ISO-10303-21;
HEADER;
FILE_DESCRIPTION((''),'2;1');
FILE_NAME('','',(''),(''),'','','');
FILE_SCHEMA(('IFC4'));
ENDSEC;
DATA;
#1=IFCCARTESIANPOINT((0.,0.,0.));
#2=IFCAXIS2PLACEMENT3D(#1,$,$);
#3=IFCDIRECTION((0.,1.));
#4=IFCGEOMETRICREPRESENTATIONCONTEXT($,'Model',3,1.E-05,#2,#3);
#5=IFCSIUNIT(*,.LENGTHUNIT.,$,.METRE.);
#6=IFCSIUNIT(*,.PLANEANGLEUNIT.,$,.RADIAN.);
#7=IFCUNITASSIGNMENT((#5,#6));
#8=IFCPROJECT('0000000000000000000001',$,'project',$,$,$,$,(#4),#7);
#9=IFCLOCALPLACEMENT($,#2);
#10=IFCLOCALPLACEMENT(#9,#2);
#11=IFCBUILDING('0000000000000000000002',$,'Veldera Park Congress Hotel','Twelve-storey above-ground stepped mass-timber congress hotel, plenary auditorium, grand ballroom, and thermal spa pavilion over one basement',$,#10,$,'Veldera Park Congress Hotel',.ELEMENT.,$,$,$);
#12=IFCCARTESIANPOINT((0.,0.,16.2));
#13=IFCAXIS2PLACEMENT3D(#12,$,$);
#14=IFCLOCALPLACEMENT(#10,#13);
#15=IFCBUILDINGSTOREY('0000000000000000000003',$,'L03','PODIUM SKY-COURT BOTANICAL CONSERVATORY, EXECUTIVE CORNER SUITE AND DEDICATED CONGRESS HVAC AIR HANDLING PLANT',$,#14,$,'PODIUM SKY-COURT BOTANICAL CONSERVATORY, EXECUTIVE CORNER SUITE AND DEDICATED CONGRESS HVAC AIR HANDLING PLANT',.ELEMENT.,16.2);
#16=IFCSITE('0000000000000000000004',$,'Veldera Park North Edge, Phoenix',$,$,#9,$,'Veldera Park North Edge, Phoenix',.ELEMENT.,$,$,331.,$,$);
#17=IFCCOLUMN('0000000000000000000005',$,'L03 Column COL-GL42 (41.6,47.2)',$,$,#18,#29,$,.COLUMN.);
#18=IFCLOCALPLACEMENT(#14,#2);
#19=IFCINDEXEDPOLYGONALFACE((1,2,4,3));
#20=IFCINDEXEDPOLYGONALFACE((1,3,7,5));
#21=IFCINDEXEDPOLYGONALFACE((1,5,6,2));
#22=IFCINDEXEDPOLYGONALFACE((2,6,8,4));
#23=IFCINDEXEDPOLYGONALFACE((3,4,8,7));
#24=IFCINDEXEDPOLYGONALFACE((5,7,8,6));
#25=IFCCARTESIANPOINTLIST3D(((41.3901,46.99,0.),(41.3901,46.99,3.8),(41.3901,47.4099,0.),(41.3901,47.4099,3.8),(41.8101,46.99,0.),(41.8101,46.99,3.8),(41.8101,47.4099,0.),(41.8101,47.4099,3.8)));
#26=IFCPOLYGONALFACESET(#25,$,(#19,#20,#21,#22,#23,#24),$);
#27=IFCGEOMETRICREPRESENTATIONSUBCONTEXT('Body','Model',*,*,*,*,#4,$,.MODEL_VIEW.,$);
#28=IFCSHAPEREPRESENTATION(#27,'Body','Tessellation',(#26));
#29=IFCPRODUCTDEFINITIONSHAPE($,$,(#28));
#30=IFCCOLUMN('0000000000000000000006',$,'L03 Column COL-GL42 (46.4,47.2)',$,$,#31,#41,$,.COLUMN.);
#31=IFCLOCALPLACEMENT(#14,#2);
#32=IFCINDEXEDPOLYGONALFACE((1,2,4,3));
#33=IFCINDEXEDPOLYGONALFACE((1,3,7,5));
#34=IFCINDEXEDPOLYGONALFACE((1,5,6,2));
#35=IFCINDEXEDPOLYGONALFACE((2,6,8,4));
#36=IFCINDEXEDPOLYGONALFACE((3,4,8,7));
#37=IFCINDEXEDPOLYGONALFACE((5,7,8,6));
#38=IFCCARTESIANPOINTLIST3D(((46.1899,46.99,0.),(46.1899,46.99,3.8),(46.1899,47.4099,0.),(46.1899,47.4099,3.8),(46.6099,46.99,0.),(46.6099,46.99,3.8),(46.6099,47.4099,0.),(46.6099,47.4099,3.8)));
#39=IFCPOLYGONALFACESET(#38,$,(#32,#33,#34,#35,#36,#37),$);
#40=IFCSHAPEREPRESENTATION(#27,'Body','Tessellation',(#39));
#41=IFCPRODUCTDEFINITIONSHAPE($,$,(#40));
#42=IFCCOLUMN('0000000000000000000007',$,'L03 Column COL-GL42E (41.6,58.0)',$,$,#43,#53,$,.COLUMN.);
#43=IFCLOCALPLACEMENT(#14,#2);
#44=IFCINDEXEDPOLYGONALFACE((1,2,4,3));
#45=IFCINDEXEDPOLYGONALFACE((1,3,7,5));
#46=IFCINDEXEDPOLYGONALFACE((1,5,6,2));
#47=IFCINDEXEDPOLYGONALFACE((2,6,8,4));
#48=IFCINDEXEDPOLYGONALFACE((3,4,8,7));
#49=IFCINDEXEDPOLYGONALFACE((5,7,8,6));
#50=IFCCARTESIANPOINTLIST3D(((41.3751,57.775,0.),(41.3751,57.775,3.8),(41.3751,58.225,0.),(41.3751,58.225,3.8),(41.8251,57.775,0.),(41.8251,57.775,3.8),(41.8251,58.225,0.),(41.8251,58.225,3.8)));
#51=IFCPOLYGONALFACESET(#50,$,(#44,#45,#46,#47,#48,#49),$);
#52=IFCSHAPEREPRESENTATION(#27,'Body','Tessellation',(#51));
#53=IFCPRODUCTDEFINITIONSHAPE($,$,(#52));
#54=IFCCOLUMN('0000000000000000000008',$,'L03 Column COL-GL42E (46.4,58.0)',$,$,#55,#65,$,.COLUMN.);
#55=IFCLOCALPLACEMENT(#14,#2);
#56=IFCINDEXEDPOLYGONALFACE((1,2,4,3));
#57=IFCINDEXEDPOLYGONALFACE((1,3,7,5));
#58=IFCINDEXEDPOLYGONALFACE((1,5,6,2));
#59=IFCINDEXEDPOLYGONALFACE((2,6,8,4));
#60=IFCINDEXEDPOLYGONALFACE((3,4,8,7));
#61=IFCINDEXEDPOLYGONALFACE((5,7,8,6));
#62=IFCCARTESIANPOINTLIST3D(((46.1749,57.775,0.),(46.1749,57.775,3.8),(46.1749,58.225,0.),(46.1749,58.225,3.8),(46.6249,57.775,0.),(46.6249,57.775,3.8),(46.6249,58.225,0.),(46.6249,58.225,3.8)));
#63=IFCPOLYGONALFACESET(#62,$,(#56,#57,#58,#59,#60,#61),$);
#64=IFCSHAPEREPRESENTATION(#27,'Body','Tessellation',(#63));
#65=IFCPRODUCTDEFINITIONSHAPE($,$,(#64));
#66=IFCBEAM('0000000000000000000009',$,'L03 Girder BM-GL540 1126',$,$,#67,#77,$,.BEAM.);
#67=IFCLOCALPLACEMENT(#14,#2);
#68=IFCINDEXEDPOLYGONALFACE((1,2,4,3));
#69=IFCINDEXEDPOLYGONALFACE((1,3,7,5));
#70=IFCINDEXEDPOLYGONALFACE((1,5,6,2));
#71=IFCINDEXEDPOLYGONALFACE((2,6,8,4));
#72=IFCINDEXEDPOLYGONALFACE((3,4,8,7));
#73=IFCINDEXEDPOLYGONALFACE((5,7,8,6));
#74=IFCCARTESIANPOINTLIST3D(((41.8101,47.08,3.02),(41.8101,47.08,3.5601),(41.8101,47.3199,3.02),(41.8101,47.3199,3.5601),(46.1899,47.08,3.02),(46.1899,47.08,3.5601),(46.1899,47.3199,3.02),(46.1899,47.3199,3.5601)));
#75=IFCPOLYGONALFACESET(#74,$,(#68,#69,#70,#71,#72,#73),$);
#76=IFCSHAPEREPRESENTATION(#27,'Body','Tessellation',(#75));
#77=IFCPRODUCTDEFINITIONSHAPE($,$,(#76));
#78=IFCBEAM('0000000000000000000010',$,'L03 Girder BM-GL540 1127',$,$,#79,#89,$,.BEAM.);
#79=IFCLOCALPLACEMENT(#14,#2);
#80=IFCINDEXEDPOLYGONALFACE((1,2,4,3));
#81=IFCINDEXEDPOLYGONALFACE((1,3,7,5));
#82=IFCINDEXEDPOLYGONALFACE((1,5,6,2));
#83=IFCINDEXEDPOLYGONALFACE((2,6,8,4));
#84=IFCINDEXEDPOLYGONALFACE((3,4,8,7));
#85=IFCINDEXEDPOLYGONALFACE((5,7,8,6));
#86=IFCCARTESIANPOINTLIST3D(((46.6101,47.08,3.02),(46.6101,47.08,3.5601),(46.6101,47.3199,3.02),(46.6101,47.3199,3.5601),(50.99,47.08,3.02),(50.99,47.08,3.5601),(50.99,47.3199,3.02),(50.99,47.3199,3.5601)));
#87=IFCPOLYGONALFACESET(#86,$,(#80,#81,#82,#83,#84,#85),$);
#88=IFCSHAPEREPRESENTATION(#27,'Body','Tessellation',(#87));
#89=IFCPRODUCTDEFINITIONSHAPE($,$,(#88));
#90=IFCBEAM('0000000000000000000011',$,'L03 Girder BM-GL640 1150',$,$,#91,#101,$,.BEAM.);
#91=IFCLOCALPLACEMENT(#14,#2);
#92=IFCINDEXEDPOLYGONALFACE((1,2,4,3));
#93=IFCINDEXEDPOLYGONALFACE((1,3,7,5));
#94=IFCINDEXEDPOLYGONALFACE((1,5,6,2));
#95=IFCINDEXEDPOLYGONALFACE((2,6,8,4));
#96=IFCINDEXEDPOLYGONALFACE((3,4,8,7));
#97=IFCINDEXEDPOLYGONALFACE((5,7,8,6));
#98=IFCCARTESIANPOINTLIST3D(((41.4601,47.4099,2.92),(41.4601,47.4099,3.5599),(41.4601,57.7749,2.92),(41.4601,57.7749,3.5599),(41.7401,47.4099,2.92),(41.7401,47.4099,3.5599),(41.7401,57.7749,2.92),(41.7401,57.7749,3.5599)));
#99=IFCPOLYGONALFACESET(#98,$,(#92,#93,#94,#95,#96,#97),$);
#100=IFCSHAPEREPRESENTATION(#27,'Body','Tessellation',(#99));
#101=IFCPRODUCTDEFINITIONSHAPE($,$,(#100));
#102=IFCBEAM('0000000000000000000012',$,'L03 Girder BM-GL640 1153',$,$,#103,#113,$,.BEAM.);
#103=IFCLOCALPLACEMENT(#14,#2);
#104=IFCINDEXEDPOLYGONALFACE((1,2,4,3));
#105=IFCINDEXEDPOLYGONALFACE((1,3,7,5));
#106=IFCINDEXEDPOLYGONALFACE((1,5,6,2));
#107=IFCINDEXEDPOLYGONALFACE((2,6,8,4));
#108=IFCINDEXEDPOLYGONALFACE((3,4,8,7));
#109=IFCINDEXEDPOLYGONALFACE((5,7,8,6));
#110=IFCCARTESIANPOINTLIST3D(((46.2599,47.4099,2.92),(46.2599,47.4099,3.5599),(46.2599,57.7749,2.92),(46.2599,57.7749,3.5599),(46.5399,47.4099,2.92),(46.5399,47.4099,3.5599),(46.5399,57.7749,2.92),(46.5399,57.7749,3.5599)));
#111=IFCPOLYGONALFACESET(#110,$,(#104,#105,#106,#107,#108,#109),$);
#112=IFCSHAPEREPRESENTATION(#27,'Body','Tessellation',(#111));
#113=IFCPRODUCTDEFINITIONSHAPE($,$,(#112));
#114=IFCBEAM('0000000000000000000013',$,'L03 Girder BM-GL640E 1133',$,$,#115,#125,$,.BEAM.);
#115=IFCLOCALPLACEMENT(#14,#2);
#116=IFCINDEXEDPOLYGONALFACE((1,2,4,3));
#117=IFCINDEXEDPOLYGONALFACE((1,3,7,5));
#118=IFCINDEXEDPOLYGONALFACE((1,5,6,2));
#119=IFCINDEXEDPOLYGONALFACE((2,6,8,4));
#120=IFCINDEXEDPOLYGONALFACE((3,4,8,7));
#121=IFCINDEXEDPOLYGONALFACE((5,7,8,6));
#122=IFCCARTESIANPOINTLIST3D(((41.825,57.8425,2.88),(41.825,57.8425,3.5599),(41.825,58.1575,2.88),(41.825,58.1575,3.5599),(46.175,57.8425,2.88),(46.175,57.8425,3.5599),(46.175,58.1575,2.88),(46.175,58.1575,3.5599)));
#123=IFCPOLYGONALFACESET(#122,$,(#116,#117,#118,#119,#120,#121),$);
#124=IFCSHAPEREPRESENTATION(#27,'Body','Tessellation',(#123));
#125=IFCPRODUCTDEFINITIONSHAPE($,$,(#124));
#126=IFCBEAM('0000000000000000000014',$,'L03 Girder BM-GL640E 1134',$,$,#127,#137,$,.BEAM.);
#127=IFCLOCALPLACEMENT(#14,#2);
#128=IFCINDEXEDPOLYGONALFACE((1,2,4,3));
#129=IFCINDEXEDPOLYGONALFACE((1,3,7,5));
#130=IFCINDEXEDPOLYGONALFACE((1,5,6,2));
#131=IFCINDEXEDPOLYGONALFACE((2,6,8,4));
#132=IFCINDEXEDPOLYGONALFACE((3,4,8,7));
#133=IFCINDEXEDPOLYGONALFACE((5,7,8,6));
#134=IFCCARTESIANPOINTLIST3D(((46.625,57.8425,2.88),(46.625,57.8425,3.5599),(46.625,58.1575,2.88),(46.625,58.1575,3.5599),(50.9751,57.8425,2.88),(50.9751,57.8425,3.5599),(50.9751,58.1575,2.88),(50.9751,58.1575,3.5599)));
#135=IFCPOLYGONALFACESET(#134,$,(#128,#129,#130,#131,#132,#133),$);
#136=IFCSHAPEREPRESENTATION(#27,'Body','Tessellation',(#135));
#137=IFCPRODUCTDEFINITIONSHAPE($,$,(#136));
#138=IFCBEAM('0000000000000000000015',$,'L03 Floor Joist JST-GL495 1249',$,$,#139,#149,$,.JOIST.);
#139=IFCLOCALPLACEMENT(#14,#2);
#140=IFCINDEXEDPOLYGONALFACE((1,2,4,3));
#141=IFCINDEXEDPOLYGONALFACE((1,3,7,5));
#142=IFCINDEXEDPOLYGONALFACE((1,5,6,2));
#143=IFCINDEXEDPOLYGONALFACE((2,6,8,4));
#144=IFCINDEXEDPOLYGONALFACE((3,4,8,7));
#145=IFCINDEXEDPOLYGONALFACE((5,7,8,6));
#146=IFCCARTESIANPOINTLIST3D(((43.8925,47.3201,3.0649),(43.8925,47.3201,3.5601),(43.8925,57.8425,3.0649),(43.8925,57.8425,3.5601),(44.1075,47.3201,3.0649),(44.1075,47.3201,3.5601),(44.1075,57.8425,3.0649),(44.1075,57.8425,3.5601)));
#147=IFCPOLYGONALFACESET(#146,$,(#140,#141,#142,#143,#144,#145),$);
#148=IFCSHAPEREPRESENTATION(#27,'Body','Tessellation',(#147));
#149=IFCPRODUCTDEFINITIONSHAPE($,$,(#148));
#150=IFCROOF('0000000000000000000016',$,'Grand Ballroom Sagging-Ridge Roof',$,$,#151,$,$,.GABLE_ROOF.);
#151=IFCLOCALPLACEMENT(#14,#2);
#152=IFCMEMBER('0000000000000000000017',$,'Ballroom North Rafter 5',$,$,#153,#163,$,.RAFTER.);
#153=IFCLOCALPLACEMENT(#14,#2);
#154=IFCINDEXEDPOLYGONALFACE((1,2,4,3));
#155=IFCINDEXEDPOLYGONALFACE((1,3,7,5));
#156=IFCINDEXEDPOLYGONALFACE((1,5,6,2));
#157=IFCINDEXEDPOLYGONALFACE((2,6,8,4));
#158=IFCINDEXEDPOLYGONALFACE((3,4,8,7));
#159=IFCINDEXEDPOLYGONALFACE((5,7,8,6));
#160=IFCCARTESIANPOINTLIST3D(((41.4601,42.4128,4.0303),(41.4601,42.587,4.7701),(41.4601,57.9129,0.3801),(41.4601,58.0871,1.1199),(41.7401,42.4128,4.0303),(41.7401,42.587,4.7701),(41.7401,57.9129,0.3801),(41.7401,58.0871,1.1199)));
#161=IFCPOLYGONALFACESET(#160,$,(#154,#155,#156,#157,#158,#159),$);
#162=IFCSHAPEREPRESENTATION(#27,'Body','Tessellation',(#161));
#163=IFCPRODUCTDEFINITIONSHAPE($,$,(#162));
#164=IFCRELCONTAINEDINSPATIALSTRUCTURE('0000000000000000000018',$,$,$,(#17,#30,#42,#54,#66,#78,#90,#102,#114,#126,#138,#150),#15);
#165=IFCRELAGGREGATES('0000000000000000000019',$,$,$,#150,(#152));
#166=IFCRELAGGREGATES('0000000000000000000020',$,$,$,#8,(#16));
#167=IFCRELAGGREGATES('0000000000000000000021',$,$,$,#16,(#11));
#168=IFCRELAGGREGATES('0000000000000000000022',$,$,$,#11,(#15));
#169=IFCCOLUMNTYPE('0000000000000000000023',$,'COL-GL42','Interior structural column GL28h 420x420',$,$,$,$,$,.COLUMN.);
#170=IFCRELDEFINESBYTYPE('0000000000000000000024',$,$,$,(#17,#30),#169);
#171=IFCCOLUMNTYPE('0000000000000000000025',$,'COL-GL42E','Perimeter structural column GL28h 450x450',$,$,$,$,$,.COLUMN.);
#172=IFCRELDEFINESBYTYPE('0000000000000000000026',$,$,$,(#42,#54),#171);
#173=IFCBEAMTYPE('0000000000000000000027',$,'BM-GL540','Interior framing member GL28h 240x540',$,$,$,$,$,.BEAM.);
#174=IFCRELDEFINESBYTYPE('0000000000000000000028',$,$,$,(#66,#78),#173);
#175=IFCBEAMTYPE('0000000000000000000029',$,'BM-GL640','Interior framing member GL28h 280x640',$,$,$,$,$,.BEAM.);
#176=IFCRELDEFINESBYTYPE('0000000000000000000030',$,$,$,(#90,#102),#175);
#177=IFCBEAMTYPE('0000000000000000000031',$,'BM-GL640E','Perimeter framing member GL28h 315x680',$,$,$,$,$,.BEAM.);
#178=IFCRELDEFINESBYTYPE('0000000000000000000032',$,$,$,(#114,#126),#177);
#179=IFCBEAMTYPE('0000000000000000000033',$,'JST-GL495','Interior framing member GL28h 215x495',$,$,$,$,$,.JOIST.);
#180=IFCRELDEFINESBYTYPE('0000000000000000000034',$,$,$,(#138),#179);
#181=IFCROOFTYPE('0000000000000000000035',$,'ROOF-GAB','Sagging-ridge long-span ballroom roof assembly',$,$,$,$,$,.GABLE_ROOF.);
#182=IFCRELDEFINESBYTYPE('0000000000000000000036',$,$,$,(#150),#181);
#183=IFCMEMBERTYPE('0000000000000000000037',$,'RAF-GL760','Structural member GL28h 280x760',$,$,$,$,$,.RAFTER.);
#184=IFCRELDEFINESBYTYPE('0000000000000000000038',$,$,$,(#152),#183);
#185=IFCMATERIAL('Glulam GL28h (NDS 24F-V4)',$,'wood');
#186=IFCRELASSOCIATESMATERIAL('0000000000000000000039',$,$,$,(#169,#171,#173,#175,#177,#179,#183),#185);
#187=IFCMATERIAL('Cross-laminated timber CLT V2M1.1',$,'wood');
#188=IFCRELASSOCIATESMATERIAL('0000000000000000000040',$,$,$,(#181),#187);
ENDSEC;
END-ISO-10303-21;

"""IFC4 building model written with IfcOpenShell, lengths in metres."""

from ifc_helpers import new_model, si_unit, direction, frame, origin, origin_2d, place, context, subcontext, project, spatial, rectangle, extrude, material, material_profile, profile_set, type_object, element, aggregate, save


model = new_model("IFC4")

# Units and contexts
model_context = context("Model", 3, precision=1e-05, world=origin(), true_north=direction((0.0, 1.0)))
body_context = subcontext(model_context, "Body", "Model", "MODEL_VIEW")
ifc_project = project(units=[si_unit("LENGTHUNIT", "METRE"), si_unit("PLANEANGLEUNIT", "RADIAN")], contexts=[model_context])

# Site, building, storey
site_placement = place(None, origin())
site = spatial("IfcSite", under=ifc_project, at=site_placement, Name="Veldera Park North Edge, Phoenix", LongName="Veldera Park North Edge, Phoenix", CompositionType="ELEMENT", RefElevation=331.0)
building_placement = place(site_placement, origin())
building = spatial("IfcBuilding", under=site, at=building_placement, Name="Veldera Park Congress Hotel", Description="Twelve-storey above-ground stepped mass-timber congress hotel, plenary auditorium, grand ballroom, and thermal spa pavilion over one basement", LongName="Veldera Park Congress Hotel", CompositionType="ELEMENT")
storey_placement = place(building_placement, frame((0.0, 0.0, 16.2)))
storey = spatial("IfcBuildingStorey", under=building, at=storey_placement, Name="L03", Description="PODIUM SKY-COURT BOTANICAL CONSERVATORY, EXECUTIVE CORNER SUITE AND DEDICATED CONGRESS HVAC AIR HANDLING PLANT", LongName="PODIUM SKY-COURT BOTANICAL CONSERVATORY, EXECUTIVE CORNER SUITE AND DEDICATED CONGRESS HVAC AIR HANDLING PLANT", CompositionType="ELEMENT", Elevation=16.2)

# Columns
ifc_material_1 = material(Name="Glulam GL28h (NDS 24F-V4)", Category="wood")
ifc_material_profile_1 = material_profile(ifc_material_1, rectangle(XDim=0.4199, YDim=0.4199, at=origin_2d()), Name="GL28h 420x420")
ifc_profile_set_1 = profile_set([ifc_material_profile_1], Name="Glulam GL28h (NDS 24F-V4)")
column_type_1 = type_object("IfcColumnType", Name="COL-GL42", Description="Interior structural column GL28h 420x420", PredefinedType="COLUMN", material=ifc_profile_set_1)
for number, where, z_axis, x_axis, name in (
    (1, (41.6001, 47.2, 0.0), (0.0, 0.0, 1.0), (1.0, 0.0, 0.0), "L03 Column COL-GL42 (41.6,47.2)"),
    (2, (46.3999, 47.2, 0.0), (0.0, 0.0, 1.0), (1.0, 0.0, 0.0), "L03 Column COL-GL42 (46.4,47.2)"),
):
    element("IfcColumn", number, at=place(storey_placement, frame(where, z_axis=z_axis, x_axis=x_axis)), inside=storey, type_object=column_type_1, Name=name, PredefinedType="COLUMN", context=body_context, shape_type="SweptSolid", body=[
        extrude(rectangle(XDim=0.4199, YDim=0.4199, at=origin_2d()), origin(), (0.0, 0.0, 1.0), 3.8),
    ])
ifc_material_profile_2 = material_profile(ifc_material_1, rectangle(XDim=0.45, YDim=0.45, at=origin_2d()), Name="GL28h 450x450")
ifc_profile_set_2 = profile_set([ifc_material_profile_2], Name="Glulam GL28h (NDS 24F-V4)")
column_type_2 = type_object("IfcColumnType", Name="COL-GL42E", Description="Perimeter structural column GL28h 450x450", PredefinedType="COLUMN", material=ifc_profile_set_2)
for number, where, z_axis, x_axis, name in (
    (3, (41.6001, 58.0, 0.0), (0.0, 0.0, 1.0), (1.0, 0.0, 0.0), "L03 Column COL-GL42E (41.6,58.0)"),
    (4, (46.3999, 58.0, 0.0), (0.0, 0.0, 1.0), (1.0, 0.0, 0.0), "L03 Column COL-GL42E (46.4,58.0)"),
):
    element("IfcColumn", number, at=place(storey_placement, frame(where, z_axis=z_axis, x_axis=x_axis)), inside=storey, type_object=column_type_2, Name=name, PredefinedType="COLUMN", context=body_context, shape_type="SweptSolid", body=[
        extrude(rectangle(XDim=0.45, YDim=0.45, at=origin_2d()), origin(), (0.0, 0.0, 1.0), 3.8),
    ])

# Beams
ifc_material_profile_3 = material_profile(ifc_material_1, rectangle(XDim=0.24, YDim=0.54, at=origin_2d()), Name="GL28h 240x540")
ifc_profile_set_3 = profile_set([ifc_material_profile_3], Name="Glulam GL28h (NDS 24F-V4)")
beam_type_1 = type_object("IfcBeamType", Name="BM-GL540", Description="Interior framing member GL28h 240x540", PredefinedType="BEAM", material=ifc_profile_set_3)
for number, where, z_axis, x_axis, name in (
    (5, (41.8101, 47.2, 3.29), (1.0, 0.0, 0.0), (0.0, 1.0, 0.0), "L03 Girder BM-GL540 1126"),
    (6, (46.6101, 47.2, 3.29), (1.0, 0.0, 0.0), (0.0, 1.0, 0.0), "L03 Girder BM-GL540 1127"),
):
    element("IfcBeam", number, at=place(storey_placement, frame(where, z_axis=z_axis, x_axis=x_axis)), inside=storey, type_object=beam_type_1, Name=name, PredefinedType="BEAM", context=body_context, shape_type="SweptSolid", body=[
        extrude(rectangle(XDim=0.24, YDim=0.54, at=origin_2d()), origin(), (0.0, 0.0, 1.0), 4.3799),
    ])
ifc_material_profile_4 = material_profile(ifc_material_1, rectangle(XDim=0.28, YDim=0.6399, at=origin_2d()), Name="GL28h 280x640")
ifc_profile_set_4 = profile_set([ifc_material_profile_4], Name="Glulam GL28h (NDS 24F-V4)")
beam_type_2 = type_object("IfcBeamType", Name="BM-GL640", Description="Interior framing member GL28h 280x640", PredefinedType="BEAM", material=ifc_profile_set_4)
for number, where, z_axis, x_axis, name in (
    (7, (41.6001, 47.4099, 3.24), (0.0, 1.0, 0.0), (-1.0, 0.0, 0.0), "L03 Girder BM-GL640 1150"),
    (8, (46.3999, 47.4099, 3.24), (0.0, 1.0, 0.0), (-1.0, 0.0, 0.0), "L03 Girder BM-GL640 1153"),
):
    element("IfcBeam", number, at=place(storey_placement, frame(where, z_axis=z_axis, x_axis=x_axis)), inside=storey, type_object=beam_type_2, Name=name, PredefinedType="BEAM", context=body_context, shape_type="SweptSolid", body=[
        extrude(rectangle(XDim=0.28, YDim=0.6399, at=origin_2d()), origin(), (0.0, 0.0, 1.0), 10.365),
    ])
ifc_material_profile_5 = material_profile(ifc_material_1, rectangle(XDim=0.3149, YDim=0.6799, at=origin_2d()), Name="GL28h 315x680")
ifc_profile_set_5 = profile_set([ifc_material_profile_5], Name="Glulam GL28h (NDS 24F-V4)")
beam_type_3 = type_object("IfcBeamType", Name="BM-GL640E", Description="Perimeter framing member GL28h 315x680", PredefinedType="BEAM", material=ifc_profile_set_5)
for number, where, z_axis, x_axis, name in (
    (9, (41.825, 58.0, 3.22), (1.0, 0.0, 0.0), (0.0, 1.0, 0.0), "L03 Girder BM-GL640E 1133"),
    (10, (46.625, 58.0, 3.22), (1.0, 0.0, 0.0), (0.0, 1.0, 0.0), "L03 Girder BM-GL640E 1134"),
):
    element("IfcBeam", number, at=place(storey_placement, frame(where, z_axis=z_axis, x_axis=x_axis)), inside=storey, type_object=beam_type_3, Name=name, PredefinedType="BEAM", context=body_context, shape_type="SweptSolid", body=[
        extrude(rectangle(XDim=0.3149, YDim=0.6799, at=origin_2d()), origin(), (0.0, 0.0, 1.0), 4.3501),
    ])
ifc_material_profile_6 = material_profile(ifc_material_1, rectangle(XDim=0.2151, YDim=0.4951, at=origin_2d()), Name="GL28h 215x495")
ifc_profile_set_6 = profile_set([ifc_material_profile_6], Name="Glulam GL28h (NDS 24F-V4)")
beam_type_4 = type_object("IfcBeamType", Name="JST-GL495", Description="Interior framing member GL28h 215x495", PredefinedType="JOIST", material=ifc_profile_set_6)
beam_placement = place(storey_placement, frame((44.0, 47.3201, 3.3125), z_axis=(0.0, 1.0, 0.0), x_axis=(-1.0, 0.0, 0.0)))
element("IfcBeam", 11, at=beam_placement, inside=storey, type_object=beam_type_4, Name="L03 Floor Joist JST-GL495 1249", PredefinedType="JOIST", context=body_context, shape_type="SweptSolid", body=[
    extrude(rectangle(XDim=0.2151, YDim=0.4951, at=origin_2d()), origin(), (0.0, 0.0, 1.0), 10.5225),
])

# Roof, member
ifc_material_2 = material(Name="Cross-laminated timber CLT V2M1.1", Category="wood")
roof_type = type_object("IfcRoofType", Name="ROOF-GAB", Description="Sagging-ridge long-span ballroom roof assembly", PredefinedType="GABLE_ROOF", material=ifc_material_2)
roof_placement = place(storey_placement, origin())
roof = element("IfcRoof", 12, at=roof_placement, inside=storey, type_object=roof_type, Name="Grand Ballroom Sagging-Ridge Roof", PredefinedType="GABLE_ROOF")
ifc_material_profile_7 = material_profile(ifc_material_1, rectangle(XDim=0.28, YDim=0.76, at=origin_2d()), Name="GL28h 280x760")
ifc_profile_set_7 = profile_set([ifc_material_profile_7], Name="Glulam GL28h (NDS 24F-V4)")
member_type = type_object("IfcMemberType", Name="RAF-GL760", Description="Structural member GL28h 280x760", PredefinedType="RAFTER", material=ifc_profile_set_7)
member_placement = place(storey_placement, frame((41.6001, 58.0, 0.75), z_axis=(0.0, -0.973374, 0.229223), x_axis=(1.0, 0.0, 0.0)))
member = element("IfcMember", 13, at=member_placement, type_object=member_type, Name="Ballroom North Rafter 5", PredefinedType="RAFTER", context=body_context, shape_type="SweptSolid", body=[
    extrude(rectangle(XDim=0.28, YDim=0.76, at=origin_2d()), origin(), (0.0, 0.0, 1.0), 15.9241),
])
aggregate(roof, [member])

save(model, "model.ifc")
